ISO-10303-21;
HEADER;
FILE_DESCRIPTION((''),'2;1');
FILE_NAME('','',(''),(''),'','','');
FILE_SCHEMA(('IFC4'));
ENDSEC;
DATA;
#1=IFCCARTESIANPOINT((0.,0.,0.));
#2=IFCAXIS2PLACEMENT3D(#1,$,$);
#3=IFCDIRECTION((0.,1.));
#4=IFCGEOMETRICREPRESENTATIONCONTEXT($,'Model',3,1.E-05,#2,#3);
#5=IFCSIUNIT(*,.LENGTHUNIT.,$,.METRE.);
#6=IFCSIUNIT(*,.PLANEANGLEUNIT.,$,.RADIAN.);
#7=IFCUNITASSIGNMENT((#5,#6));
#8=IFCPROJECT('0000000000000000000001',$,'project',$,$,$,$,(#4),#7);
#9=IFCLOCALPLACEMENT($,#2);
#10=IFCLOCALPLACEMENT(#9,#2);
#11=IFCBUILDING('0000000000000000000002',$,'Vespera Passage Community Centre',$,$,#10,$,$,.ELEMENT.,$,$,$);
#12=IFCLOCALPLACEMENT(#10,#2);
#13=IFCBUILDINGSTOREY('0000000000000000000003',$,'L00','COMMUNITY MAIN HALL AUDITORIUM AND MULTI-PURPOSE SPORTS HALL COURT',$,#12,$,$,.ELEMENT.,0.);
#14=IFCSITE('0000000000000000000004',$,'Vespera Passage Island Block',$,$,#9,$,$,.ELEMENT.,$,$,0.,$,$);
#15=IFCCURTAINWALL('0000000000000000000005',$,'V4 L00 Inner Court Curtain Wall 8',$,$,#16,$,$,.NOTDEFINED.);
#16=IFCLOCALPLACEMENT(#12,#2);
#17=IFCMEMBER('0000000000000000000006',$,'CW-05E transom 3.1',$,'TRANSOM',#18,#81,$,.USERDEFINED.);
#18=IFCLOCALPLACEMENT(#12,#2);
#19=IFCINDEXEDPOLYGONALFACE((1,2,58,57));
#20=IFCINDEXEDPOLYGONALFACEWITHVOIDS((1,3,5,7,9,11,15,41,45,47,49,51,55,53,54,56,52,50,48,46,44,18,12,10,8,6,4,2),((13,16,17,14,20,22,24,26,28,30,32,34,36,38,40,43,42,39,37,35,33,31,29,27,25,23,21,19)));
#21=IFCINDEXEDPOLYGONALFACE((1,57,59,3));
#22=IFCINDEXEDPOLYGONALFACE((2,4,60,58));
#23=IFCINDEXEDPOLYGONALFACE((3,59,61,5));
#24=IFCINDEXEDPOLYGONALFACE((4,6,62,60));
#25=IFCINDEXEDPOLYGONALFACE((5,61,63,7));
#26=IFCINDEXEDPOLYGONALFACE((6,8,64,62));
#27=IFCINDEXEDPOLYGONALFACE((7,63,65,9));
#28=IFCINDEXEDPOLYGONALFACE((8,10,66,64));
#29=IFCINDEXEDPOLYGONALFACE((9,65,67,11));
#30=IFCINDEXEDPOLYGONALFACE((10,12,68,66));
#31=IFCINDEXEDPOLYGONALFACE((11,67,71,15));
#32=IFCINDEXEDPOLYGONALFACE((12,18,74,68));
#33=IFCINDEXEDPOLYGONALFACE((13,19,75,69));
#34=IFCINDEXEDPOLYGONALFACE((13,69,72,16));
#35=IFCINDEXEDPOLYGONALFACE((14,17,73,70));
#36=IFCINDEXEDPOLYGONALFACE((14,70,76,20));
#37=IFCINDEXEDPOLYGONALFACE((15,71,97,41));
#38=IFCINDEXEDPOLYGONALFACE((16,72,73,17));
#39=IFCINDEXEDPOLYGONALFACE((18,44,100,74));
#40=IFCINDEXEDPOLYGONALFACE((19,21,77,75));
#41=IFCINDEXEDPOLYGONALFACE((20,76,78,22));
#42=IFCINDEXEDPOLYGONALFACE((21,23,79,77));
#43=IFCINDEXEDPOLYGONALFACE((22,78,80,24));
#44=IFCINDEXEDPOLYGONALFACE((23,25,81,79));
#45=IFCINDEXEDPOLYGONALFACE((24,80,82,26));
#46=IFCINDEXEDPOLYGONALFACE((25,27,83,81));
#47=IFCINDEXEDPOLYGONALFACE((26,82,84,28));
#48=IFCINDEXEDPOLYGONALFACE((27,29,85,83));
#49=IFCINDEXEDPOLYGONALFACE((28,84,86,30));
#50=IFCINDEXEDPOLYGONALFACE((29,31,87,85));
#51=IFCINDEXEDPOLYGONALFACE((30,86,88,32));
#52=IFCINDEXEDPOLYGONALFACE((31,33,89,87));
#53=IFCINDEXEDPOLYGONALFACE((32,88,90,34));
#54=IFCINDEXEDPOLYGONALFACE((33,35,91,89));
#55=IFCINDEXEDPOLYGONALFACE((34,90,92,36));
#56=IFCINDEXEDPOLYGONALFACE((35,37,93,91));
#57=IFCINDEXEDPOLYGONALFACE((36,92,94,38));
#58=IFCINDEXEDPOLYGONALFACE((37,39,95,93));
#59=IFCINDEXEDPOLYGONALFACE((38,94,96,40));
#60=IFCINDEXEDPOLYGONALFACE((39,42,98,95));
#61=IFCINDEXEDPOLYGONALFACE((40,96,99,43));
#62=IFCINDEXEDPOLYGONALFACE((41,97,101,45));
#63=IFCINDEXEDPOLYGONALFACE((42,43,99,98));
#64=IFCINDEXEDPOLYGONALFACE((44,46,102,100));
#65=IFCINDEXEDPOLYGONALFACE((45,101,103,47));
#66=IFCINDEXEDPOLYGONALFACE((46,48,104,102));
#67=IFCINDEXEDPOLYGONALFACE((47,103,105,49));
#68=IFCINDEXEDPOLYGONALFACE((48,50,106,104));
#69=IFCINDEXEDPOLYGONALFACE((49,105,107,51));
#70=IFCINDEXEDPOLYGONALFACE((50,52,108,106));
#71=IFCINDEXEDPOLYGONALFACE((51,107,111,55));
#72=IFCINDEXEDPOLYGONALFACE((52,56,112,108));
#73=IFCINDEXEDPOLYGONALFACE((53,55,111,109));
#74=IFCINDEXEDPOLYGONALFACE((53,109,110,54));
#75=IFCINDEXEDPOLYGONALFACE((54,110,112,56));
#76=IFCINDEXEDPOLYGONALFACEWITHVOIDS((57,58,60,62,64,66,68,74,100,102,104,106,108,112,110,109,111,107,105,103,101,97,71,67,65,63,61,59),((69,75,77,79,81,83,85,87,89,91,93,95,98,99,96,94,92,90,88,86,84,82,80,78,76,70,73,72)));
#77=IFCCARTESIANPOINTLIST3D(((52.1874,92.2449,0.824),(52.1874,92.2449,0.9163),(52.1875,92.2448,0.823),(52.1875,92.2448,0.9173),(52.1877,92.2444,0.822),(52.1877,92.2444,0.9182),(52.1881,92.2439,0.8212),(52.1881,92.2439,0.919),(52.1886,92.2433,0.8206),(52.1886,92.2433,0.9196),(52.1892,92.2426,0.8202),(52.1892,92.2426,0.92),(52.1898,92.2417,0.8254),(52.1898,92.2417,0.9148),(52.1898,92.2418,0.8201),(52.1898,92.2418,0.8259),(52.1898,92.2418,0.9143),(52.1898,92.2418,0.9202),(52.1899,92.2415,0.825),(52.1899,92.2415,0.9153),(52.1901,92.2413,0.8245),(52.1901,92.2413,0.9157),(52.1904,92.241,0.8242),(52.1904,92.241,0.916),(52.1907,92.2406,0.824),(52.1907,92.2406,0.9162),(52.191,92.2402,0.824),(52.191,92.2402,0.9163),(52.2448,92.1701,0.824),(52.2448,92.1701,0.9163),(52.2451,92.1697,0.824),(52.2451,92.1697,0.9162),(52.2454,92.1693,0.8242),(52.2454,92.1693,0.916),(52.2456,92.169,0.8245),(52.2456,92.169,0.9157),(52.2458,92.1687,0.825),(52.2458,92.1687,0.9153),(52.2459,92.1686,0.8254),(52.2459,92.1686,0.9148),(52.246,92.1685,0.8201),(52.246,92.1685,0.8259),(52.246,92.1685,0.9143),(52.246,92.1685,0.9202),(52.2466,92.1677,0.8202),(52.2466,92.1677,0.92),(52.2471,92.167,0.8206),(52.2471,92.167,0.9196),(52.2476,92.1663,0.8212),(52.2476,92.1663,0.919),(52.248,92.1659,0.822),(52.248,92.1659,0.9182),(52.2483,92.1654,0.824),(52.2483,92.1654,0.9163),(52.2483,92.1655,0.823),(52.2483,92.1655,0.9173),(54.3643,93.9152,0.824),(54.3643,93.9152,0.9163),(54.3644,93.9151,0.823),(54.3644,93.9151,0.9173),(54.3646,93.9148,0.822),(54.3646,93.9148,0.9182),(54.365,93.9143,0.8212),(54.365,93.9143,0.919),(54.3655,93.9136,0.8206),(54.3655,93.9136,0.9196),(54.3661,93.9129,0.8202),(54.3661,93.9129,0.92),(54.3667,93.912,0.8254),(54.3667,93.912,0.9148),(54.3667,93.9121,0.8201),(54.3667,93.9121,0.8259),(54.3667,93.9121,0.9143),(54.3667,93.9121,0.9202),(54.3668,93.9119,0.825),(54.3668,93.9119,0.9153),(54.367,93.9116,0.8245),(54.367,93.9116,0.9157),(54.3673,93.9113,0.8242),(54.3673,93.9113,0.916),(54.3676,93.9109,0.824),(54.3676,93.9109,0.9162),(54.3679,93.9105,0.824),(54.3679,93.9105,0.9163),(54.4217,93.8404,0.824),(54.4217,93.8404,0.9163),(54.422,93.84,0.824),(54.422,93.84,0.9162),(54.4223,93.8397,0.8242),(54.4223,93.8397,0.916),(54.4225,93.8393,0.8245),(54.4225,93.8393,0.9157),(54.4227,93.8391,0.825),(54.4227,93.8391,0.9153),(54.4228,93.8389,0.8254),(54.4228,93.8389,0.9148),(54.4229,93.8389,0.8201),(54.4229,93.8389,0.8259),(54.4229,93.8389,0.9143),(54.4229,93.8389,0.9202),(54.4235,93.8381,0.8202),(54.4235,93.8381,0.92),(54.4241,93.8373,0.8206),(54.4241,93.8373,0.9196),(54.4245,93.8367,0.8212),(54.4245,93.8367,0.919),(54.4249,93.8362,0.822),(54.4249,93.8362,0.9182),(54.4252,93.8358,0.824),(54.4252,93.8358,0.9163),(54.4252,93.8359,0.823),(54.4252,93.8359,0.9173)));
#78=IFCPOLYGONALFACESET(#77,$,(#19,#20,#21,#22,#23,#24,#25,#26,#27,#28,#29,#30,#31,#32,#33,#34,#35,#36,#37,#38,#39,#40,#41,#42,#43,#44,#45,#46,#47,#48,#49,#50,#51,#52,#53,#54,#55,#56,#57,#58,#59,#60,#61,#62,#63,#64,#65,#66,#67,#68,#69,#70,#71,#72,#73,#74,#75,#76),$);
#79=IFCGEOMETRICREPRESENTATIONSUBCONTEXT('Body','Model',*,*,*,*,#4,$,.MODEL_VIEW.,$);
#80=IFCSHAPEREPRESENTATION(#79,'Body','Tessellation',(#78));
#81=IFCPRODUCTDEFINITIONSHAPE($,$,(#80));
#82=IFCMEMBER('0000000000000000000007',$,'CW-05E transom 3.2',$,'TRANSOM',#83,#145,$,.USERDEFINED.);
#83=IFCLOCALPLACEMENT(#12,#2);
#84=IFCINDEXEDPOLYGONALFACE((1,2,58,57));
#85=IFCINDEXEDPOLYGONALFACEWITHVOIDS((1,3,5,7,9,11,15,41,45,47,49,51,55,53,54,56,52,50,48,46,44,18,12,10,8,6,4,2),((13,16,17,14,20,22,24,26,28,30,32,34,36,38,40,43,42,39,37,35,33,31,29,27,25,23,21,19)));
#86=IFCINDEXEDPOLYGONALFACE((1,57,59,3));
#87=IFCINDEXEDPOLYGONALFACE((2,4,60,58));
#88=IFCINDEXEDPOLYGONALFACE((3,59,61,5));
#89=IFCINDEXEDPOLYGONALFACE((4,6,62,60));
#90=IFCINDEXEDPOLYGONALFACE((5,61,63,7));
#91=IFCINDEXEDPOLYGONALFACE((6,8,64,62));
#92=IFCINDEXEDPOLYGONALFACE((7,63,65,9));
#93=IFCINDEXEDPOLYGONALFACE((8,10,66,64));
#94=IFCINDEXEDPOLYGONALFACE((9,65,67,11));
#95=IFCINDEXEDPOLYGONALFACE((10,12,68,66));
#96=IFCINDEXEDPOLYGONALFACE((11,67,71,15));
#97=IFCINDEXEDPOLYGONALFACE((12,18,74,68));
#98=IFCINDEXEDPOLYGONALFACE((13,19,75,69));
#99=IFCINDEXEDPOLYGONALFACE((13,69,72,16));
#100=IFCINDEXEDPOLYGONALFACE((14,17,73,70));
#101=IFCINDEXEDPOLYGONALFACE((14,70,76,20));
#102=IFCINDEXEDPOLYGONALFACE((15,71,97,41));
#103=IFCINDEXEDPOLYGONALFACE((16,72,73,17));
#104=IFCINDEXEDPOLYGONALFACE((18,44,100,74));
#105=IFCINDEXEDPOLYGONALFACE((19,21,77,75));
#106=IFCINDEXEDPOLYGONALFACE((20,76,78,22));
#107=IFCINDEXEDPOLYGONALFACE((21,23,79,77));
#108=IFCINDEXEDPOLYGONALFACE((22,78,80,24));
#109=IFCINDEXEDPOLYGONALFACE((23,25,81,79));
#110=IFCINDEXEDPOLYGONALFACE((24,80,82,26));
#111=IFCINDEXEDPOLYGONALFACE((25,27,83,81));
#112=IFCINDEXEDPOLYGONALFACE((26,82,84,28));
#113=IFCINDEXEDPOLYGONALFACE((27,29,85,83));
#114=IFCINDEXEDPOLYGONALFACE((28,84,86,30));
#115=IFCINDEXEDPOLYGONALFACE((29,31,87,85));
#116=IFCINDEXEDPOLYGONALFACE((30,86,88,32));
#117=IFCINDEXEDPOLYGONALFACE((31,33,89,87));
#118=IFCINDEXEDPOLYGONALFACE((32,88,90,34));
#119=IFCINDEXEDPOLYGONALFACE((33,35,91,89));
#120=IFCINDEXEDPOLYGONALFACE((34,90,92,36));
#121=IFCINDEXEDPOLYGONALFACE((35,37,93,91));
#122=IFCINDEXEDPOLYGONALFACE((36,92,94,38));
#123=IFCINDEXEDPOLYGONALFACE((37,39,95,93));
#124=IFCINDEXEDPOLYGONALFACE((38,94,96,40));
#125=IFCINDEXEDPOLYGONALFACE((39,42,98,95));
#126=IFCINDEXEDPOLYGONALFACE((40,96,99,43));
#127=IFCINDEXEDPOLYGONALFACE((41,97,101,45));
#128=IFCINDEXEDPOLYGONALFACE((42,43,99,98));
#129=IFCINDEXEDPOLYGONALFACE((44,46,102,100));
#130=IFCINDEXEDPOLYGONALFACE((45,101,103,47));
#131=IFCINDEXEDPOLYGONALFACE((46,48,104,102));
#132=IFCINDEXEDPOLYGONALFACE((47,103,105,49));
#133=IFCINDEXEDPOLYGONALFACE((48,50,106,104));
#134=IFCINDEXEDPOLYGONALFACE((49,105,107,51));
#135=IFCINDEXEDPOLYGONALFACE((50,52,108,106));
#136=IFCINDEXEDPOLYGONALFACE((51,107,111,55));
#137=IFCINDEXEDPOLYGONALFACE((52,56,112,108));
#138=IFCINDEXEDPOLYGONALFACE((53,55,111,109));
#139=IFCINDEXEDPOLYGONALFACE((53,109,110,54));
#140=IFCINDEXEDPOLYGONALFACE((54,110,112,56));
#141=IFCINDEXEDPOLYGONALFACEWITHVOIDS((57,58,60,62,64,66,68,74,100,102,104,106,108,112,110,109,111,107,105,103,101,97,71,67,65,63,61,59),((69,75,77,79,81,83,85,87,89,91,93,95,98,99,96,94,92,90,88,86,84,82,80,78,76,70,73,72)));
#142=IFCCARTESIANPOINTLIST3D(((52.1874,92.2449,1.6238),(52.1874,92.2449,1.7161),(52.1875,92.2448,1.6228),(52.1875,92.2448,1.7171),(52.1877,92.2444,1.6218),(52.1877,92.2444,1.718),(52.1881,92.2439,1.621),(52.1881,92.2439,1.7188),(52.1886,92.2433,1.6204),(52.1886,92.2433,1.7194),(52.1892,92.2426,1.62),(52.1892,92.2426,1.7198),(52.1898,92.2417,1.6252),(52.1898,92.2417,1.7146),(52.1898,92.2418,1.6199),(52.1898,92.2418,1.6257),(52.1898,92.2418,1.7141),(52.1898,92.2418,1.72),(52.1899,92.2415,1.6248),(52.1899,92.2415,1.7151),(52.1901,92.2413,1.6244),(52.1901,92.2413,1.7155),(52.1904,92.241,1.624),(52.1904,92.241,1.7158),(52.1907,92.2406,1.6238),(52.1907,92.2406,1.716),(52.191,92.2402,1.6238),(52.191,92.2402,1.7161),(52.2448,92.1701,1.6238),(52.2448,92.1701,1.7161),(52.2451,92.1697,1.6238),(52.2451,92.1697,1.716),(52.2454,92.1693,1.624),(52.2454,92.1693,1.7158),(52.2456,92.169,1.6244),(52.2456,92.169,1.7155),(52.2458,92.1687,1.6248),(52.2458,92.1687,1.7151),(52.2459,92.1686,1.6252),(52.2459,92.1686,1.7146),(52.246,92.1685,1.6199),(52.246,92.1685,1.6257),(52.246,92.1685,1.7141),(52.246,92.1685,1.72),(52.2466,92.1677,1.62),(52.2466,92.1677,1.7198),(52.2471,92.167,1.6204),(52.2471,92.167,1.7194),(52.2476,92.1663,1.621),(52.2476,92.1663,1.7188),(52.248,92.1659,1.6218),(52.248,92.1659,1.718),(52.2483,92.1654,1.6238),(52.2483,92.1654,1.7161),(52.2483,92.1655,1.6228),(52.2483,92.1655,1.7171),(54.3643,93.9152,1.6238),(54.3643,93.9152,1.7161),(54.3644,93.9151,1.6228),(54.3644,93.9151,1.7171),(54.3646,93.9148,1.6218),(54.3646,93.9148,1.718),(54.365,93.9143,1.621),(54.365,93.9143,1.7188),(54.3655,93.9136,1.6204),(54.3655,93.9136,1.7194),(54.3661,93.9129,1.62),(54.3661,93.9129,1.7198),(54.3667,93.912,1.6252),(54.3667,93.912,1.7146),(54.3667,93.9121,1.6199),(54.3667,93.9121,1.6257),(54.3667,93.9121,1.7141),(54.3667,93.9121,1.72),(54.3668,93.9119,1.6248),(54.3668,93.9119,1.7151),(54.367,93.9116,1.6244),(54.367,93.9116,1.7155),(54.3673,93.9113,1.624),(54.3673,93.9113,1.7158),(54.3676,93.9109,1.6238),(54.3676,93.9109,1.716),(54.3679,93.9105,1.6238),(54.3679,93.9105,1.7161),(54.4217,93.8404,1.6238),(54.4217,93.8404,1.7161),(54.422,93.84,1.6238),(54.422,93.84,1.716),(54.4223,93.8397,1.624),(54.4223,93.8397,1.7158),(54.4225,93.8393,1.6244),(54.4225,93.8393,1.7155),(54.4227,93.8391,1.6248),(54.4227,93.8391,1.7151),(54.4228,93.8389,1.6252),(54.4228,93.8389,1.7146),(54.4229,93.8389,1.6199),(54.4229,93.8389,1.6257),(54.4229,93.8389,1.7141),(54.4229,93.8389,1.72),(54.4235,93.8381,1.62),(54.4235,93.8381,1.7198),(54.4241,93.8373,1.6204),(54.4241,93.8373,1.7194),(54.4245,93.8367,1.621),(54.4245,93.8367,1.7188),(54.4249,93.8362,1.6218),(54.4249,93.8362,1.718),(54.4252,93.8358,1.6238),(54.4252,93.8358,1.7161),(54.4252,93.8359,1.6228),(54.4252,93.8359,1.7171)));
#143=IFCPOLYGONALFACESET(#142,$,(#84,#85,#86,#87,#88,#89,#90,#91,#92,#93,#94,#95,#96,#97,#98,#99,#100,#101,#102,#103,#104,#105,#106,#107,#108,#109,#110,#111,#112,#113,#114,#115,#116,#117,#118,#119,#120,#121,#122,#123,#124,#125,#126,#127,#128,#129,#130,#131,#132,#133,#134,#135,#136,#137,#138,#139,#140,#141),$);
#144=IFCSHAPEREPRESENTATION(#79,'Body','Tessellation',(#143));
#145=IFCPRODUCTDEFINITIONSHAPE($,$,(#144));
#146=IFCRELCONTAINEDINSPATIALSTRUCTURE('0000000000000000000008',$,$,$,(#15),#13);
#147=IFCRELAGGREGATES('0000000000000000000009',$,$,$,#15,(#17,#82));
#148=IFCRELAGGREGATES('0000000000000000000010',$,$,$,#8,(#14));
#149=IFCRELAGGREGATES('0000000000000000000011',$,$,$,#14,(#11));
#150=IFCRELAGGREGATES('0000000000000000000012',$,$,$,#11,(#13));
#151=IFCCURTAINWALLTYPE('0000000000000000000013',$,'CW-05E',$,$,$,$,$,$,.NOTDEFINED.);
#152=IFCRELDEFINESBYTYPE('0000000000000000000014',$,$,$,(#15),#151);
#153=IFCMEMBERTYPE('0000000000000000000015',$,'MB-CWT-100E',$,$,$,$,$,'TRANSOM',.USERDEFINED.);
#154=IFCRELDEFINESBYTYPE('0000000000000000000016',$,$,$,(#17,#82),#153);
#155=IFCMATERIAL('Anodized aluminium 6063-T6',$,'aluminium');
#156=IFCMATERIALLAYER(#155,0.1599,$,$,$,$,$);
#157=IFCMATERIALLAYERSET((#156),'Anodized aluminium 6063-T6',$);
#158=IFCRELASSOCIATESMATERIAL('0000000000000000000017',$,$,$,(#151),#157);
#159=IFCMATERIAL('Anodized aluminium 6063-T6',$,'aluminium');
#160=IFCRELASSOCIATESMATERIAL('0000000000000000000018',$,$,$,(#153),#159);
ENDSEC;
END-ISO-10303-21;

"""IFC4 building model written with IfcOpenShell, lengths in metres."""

from ifc_helpers import new_model, si_unit, direction, frame, origin, origin_2d, place, context, subcontext, project, spatial, hollow_rectangle, extrude, material, layer, layer_set, material_profile, profile_set, type_object, element, aggregate, save


model = new_model("IFC4")

# Units and contexts
model_context = context("Model", 3, precision=1e-05, world=origin(), true_north=direction((0.0, 1.0)))
body_context = subcontext(model_context, "Body", "Model", "MODEL_VIEW")
ifc_project = project(units=[si_unit("LENGTHUNIT", "METRE"), si_unit("PLANEANGLEUNIT", "RADIAN")], contexts=[model_context])

# Site, building, storey
site_placement = place(None, origin())
site = spatial("IfcSite", under=ifc_project, at=site_placement, Name="Vespera Passage Island Block", CompositionType="ELEMENT", RefElevation=0.0)
building_placement = place(site_placement, origin())
building = spatial("IfcBuilding", under=site, at=building_placement, Name="Vespera Passage Community Centre", CompositionType="ELEMENT")
storey_placement = place(building_placement, origin())
storey = spatial("IfcBuildingStorey", under=building, at=storey_placement, Name="L00", Description="COMMUNITY MAIN HALL AUDITORIUM AND MULTI-PURPOSE SPORTS HALL COURT", CompositionType="ELEMENT", Elevation=0.0)

# Curtain wall
ifc_material_1 = material(Name="Anodized aluminium 6063-T6", Category="aluminium")
ifc_layer_1 = layer(ifc_material_1, 0.1599)
ifc_layer_set_1 = layer_set([ifc_layer_1], Name="Anodized aluminium 6063-T6")
curtain_wall_type_1 = type_object("IfcCurtainWallType", Name="CW-05E", PredefinedType="NOTDEFINED", material=ifc_layer_set_1)
curtain_wall_1_placement = place(storey_placement, origin())
curtain_wall_1 = element("IfcCurtainWall", 1, at=curtain_wall_1_placement, inside=storey, type_object=curtain_wall_type_1, Name="V4 L00 Inner Court Curtain Wall 8", PredefinedType="NOTDEFINED")

# Members
ifc_material_2 = material(Name="Anodized aluminium 6063-T6", Category="aluminium")
ifc_material_profile_1 = material_profile(ifc_material_2, hollow_rectangle(XDim=0.1001, YDim=0.1001, WallThickness=0.0039, InnerFilletRadius=0.002, OuterFilletRadius=0.0039, at=origin_2d()), Name="ALU100X100X4")
ifc_profile_set_1 = profile_set([ifc_material_profile_1], Name="Anodized aluminium 6063-T6")
member_type_1 = type_object("IfcMemberType", Name="MB-CWT-100E", ElementType="TRANSOM", PredefinedType="USERDEFINED", material=ifc_profile_set_1)
member_1_placement = place(storey_placement, frame((54.3948, 93.8755, 0.8701), z_axis=(-0.793364, -0.608747, 0.0), x_axis=(0.608747, -0.793364, 0.0)))
member_1 = element("IfcMember", 2, at=member_1_placement, type_object=member_type_1, Name="CW-05E transom 3.1", ObjectType="TRANSOM", PredefinedType="USERDEFINED", context=body_context, shape_type="SweptSolid", body=[
    extrude(hollow_rectangle(XDim=0.1001, YDim=0.1001, WallThickness=0.0039, InnerFilletRadius=0.002, OuterFilletRadius=0.0039, at=origin_2d()), origin(), (0.0, 0.0, 1.0), 2.7439),
])
member_2_placement = place(storey_placement, frame((54.3948, 93.8755, 1.6699), z_axis=(-0.793364, -0.608747, 0.0), x_axis=(0.608747, -0.793364, 0.0)))
member_2 = element("IfcMember", 3, at=member_2_placement, type_object=member_type_1, Name="CW-05E transom 3.2", ObjectType="TRANSOM", PredefinedType="USERDEFINED", context=body_context, shape_type="SweptSolid", body=[
    extrude(hollow_rectangle(XDim=0.1001, YDim=0.1001, WallThickness=0.0039, InnerFilletRadius=0.002, OuterFilletRadius=0.0039, at=origin_2d()), origin(), (0.0, 0.0, 1.0), 2.7439),
])
aggregate(curtain_wall_1, [member_1, member_2])

save(model, "model.ifc")
